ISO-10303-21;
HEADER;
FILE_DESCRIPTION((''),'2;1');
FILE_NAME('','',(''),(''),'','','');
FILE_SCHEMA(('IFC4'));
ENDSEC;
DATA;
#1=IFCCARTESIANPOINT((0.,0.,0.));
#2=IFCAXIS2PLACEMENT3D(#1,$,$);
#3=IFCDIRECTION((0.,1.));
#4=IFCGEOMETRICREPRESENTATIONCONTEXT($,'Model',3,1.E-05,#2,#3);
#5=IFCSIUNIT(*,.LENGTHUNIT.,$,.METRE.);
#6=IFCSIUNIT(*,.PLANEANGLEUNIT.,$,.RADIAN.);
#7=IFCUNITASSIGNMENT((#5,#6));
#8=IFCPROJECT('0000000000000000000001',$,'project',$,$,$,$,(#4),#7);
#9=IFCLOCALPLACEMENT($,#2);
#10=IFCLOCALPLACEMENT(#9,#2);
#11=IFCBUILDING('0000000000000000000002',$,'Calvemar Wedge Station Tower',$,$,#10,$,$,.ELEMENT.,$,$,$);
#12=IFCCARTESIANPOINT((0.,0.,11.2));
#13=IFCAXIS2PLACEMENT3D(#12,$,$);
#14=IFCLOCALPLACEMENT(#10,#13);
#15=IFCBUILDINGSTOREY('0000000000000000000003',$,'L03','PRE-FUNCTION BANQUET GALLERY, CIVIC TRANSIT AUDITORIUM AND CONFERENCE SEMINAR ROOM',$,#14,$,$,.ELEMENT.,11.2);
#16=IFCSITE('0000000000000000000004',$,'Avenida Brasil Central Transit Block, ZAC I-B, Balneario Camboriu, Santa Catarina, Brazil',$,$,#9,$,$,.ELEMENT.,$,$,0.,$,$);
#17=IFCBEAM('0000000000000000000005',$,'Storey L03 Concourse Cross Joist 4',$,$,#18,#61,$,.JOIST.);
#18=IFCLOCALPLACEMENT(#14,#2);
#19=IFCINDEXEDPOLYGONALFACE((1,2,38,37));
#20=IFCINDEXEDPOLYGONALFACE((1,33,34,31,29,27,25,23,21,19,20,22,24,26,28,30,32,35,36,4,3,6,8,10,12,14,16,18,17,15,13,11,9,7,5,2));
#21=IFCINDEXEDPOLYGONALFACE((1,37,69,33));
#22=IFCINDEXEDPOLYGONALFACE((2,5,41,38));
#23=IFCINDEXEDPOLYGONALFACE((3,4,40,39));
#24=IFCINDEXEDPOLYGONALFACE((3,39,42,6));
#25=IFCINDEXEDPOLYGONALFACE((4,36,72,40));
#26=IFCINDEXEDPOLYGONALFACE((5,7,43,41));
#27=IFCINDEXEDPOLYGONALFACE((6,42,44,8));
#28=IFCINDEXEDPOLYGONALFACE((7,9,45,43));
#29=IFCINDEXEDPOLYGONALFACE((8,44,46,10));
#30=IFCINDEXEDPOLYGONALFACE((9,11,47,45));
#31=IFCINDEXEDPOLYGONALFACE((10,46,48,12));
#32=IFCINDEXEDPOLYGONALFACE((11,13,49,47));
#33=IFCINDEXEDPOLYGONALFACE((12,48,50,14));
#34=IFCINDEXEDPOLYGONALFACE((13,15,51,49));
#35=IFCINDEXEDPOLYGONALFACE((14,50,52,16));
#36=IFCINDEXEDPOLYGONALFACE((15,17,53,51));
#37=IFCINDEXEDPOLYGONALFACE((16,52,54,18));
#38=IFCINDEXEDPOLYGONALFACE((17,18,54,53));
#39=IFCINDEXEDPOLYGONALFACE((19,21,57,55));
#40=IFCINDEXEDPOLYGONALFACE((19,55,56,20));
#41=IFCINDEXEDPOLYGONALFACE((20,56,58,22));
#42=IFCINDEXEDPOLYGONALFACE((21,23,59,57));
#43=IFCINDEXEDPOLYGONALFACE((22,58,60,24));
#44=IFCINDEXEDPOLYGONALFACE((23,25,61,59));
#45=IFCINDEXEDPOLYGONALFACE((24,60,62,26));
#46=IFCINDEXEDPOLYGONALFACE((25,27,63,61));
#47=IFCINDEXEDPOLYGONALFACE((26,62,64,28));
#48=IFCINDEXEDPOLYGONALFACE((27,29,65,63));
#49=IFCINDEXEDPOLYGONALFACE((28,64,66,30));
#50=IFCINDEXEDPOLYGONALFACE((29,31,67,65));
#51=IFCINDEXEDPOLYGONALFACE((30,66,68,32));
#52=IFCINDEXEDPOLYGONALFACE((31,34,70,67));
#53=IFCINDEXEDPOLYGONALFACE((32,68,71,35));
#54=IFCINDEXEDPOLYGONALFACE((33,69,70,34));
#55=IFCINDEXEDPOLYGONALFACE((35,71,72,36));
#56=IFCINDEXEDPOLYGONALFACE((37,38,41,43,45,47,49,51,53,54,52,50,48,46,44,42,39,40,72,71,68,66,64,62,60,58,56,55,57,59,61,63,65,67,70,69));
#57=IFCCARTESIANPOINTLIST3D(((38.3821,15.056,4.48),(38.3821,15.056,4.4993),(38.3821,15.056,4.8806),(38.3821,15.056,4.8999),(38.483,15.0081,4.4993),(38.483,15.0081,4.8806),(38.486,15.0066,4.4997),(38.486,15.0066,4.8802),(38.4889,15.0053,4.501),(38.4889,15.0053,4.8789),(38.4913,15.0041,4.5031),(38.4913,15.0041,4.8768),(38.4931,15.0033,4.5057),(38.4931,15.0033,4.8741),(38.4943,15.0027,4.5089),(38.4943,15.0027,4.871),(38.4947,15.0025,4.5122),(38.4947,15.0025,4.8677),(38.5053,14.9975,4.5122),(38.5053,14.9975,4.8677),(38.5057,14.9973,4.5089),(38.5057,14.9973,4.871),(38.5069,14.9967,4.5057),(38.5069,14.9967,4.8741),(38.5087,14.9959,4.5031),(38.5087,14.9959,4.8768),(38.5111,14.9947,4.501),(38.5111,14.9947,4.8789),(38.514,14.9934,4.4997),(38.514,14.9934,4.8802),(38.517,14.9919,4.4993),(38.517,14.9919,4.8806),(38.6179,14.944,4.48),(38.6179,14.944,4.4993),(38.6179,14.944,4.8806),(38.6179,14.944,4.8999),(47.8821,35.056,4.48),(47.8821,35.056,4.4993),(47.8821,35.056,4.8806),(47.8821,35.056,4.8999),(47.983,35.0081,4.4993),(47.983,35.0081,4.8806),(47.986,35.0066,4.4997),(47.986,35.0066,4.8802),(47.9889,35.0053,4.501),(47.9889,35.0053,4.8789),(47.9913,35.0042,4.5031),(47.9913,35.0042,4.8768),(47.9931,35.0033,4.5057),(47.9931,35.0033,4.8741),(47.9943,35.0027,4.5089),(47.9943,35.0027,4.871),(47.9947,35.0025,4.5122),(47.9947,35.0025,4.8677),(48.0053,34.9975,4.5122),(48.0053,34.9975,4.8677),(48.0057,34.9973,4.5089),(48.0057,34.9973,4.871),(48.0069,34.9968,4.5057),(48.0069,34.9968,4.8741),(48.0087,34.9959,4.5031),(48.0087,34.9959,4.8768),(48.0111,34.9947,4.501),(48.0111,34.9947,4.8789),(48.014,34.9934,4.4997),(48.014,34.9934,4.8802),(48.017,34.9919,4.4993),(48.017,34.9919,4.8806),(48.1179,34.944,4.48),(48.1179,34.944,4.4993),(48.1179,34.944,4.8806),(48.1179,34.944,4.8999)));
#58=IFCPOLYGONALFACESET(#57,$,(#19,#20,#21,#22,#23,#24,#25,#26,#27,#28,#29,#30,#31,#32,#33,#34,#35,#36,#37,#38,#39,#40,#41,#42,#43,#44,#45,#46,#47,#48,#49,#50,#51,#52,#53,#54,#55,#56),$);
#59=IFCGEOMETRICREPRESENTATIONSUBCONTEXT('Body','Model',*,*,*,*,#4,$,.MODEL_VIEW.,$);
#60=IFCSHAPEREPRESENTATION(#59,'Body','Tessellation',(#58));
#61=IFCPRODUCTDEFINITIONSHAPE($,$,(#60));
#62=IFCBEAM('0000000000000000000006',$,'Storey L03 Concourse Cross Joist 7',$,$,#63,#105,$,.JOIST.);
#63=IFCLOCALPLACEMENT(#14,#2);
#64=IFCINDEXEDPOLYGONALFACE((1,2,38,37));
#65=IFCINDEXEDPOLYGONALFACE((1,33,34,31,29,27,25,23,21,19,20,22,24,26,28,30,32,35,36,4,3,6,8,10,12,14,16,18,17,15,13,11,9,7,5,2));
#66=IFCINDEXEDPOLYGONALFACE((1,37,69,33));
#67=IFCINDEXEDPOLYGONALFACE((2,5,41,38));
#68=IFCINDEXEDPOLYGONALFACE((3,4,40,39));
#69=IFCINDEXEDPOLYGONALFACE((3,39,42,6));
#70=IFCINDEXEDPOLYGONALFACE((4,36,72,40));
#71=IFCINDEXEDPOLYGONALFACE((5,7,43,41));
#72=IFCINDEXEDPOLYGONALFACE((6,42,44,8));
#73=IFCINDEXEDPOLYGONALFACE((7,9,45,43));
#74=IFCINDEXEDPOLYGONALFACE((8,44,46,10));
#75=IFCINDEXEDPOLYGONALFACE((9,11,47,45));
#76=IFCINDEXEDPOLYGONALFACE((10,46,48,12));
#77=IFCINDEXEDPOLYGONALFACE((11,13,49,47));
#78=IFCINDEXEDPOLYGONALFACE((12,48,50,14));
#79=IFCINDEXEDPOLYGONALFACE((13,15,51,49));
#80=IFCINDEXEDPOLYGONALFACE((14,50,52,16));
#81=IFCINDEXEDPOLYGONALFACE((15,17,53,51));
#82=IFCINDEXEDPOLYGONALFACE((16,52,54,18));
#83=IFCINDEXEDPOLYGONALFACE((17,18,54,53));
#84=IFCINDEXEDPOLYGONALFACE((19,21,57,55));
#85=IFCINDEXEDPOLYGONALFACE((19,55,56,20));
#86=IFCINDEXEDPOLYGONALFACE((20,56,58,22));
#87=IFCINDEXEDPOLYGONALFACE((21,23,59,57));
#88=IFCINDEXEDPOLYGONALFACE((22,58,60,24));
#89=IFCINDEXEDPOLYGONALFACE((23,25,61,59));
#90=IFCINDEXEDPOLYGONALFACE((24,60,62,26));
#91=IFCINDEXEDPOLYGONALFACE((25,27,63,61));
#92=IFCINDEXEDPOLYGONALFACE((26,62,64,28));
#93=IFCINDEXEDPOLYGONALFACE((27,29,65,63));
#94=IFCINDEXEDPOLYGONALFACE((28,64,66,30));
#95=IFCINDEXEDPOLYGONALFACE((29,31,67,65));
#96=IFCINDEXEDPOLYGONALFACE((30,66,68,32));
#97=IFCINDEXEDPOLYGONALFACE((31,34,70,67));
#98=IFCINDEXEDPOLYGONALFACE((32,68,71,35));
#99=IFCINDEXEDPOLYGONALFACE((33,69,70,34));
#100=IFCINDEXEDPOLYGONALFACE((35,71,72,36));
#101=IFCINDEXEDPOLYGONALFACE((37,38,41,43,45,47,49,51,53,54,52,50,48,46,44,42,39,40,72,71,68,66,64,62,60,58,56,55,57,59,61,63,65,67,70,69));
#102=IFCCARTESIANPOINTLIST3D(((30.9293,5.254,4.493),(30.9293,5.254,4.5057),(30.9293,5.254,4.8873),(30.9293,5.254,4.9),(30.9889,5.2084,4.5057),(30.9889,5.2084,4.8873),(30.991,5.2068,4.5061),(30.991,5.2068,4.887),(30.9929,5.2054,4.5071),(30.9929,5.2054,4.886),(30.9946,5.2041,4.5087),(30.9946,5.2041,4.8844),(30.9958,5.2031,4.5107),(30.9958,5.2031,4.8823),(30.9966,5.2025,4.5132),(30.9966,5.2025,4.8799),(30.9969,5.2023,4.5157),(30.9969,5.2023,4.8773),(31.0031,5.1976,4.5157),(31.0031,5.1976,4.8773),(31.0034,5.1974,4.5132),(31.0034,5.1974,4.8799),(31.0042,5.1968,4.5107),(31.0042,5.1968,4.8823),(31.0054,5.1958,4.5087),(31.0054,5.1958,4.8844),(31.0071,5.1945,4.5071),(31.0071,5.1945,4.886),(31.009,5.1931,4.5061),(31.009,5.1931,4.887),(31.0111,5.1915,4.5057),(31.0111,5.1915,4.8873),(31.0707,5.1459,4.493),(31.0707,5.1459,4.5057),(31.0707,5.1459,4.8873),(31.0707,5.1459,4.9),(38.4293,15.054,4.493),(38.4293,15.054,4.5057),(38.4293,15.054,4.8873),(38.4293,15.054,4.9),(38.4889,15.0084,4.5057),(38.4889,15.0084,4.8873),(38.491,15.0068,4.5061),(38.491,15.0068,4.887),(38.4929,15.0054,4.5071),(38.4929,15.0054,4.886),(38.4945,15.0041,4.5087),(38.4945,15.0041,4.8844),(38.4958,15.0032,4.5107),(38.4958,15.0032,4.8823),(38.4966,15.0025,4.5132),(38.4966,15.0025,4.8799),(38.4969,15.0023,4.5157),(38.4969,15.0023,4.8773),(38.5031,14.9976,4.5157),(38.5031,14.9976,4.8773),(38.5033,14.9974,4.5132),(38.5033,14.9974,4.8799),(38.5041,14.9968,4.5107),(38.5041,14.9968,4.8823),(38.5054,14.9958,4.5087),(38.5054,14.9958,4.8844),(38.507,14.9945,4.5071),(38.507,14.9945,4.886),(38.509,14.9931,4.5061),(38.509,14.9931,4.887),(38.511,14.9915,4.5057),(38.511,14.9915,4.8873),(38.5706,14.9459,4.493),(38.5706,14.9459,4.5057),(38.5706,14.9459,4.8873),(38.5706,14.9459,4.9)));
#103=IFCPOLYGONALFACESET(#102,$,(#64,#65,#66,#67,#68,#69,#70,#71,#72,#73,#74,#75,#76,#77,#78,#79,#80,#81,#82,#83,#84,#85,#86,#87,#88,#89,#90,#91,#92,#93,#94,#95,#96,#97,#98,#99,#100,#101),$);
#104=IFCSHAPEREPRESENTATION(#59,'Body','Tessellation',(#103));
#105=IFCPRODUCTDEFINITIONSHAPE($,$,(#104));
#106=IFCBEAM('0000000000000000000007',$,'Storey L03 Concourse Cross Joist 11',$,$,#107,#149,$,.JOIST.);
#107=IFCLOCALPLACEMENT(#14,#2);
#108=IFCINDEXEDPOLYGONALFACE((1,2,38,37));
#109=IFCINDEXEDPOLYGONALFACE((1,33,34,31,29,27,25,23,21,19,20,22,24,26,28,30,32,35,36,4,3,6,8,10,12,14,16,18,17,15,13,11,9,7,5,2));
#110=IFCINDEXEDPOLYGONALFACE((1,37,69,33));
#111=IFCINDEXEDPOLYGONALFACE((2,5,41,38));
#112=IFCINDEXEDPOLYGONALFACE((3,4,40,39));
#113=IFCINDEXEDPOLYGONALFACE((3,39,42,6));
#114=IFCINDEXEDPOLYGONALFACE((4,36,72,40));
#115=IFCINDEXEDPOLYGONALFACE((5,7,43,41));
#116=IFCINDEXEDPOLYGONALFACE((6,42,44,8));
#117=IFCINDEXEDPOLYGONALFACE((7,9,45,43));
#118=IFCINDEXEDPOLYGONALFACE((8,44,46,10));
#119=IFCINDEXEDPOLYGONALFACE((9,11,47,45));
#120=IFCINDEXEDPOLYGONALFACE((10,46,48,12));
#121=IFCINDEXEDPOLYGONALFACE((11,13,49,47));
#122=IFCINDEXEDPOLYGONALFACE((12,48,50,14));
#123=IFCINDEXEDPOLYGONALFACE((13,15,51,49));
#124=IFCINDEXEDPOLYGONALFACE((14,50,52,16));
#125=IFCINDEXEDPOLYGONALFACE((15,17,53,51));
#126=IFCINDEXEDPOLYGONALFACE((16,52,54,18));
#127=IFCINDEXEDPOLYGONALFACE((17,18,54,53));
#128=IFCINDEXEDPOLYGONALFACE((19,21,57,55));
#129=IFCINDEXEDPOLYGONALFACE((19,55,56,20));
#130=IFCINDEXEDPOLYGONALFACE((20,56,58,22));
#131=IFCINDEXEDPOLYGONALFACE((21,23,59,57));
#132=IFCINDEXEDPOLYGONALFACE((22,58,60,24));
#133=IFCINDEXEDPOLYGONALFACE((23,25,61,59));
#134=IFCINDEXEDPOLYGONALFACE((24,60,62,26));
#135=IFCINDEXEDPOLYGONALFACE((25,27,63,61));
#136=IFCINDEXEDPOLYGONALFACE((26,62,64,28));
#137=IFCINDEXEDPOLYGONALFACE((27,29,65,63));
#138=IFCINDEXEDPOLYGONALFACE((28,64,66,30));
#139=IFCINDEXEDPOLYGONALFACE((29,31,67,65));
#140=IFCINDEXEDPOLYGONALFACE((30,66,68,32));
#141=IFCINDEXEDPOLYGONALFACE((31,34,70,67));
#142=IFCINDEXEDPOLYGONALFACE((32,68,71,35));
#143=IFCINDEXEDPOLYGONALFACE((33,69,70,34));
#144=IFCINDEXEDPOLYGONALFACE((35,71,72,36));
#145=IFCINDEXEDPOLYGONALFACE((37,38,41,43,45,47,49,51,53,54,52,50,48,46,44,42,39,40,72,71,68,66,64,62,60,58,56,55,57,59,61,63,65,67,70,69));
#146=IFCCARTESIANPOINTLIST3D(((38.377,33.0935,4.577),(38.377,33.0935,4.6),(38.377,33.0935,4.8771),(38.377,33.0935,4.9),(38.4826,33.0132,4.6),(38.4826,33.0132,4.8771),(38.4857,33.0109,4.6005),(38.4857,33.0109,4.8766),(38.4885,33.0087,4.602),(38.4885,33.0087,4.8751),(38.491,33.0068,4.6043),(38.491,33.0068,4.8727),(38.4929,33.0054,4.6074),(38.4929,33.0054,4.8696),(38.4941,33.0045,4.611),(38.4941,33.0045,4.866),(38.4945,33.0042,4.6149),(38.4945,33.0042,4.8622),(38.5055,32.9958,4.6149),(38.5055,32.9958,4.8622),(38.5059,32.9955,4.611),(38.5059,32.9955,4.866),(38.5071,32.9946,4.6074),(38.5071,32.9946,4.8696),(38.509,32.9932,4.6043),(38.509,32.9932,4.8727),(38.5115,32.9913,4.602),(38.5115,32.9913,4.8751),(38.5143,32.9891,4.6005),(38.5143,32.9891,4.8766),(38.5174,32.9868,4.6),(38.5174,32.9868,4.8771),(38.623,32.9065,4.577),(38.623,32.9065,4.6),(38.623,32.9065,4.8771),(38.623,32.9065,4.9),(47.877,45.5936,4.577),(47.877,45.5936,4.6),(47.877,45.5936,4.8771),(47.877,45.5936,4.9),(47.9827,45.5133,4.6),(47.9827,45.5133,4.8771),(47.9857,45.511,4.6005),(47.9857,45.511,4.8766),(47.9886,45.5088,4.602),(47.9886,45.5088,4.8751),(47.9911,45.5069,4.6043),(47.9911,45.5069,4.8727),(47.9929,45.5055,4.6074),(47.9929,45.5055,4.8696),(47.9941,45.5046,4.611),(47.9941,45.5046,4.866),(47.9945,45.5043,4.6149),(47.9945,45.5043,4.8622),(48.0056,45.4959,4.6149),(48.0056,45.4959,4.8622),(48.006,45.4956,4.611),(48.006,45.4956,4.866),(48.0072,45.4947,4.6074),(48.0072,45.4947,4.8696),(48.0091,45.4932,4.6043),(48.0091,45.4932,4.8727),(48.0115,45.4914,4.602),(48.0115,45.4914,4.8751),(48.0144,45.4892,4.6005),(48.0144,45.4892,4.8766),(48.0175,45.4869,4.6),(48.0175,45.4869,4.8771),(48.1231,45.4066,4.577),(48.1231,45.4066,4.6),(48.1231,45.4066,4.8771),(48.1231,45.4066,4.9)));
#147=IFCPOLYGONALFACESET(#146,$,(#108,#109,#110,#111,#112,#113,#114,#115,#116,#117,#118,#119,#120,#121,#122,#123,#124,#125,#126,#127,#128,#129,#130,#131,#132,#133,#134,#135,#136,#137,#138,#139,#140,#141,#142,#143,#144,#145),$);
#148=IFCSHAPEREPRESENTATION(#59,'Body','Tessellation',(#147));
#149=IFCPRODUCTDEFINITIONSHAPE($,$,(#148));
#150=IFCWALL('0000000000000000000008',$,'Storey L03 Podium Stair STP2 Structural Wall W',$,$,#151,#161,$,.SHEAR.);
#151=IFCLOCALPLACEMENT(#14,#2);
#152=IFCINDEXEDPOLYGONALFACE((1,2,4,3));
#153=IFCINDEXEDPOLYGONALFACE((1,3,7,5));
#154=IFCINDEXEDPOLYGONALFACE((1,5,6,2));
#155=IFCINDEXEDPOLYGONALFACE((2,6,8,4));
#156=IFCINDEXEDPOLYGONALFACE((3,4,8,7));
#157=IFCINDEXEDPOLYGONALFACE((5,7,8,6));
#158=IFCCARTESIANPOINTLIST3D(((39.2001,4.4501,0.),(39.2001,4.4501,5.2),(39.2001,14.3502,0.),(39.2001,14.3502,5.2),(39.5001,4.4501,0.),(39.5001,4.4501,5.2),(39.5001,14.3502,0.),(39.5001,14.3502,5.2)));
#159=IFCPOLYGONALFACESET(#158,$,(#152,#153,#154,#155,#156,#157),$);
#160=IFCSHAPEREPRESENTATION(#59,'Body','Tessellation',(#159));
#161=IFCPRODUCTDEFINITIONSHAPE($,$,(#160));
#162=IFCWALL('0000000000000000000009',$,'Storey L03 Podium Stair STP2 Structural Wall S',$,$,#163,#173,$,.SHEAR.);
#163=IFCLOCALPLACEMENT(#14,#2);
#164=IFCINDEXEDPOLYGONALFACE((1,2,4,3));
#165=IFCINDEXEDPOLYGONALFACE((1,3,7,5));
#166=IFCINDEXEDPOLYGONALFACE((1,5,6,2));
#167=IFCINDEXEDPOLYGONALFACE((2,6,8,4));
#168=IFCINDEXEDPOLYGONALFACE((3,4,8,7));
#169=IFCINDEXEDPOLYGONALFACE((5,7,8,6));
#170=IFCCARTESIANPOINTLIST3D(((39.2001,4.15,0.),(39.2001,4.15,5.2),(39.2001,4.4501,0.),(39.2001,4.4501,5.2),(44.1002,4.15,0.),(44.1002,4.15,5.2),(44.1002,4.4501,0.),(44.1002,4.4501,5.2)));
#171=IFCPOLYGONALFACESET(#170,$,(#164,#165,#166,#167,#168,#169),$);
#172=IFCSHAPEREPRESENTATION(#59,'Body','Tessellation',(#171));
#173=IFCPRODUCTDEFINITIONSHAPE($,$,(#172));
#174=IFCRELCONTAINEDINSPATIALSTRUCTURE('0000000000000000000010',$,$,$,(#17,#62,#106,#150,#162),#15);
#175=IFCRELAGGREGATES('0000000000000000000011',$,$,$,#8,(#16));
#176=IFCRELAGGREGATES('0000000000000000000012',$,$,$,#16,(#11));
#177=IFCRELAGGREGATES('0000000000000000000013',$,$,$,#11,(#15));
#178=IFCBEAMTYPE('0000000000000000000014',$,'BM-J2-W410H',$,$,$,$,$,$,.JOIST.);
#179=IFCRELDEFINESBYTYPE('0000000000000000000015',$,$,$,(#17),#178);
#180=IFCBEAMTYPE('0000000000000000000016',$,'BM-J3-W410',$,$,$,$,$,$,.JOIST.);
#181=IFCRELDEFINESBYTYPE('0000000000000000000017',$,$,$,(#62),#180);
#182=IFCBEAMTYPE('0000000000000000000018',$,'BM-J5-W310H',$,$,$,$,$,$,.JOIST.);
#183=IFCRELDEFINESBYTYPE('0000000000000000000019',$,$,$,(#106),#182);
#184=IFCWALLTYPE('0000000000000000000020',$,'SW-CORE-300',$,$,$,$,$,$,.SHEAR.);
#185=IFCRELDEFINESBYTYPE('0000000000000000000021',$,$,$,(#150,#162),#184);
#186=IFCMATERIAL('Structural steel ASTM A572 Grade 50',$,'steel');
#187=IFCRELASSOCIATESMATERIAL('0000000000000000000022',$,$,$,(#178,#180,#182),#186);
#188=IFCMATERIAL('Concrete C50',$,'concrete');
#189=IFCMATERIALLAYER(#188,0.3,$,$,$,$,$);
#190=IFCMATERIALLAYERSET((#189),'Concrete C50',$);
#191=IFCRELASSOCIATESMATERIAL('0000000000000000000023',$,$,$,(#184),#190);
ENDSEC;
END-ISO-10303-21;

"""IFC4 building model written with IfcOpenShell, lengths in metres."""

from ifc_helpers import new_model, si_unit, direction, frame, frame_2d, origin, origin_2d, place, context, subcontext, project, spatial, rectangle, i_section, extrude, source, transform, mapped, material, layer, layer_set, material_profile, profile_set, type_object, element, save


model = new_model("IFC4")

# Units and contexts
model_context = context("Model", 3, precision=1e-05, world=origin(), true_north=direction((0.0, 1.0)))
body_context = subcontext(model_context, "Body", "Model", "MODEL_VIEW")
ifc_project = project(units=[si_unit("LENGTHUNIT", "METRE"), si_unit("PLANEANGLEUNIT", "RADIAN")], contexts=[model_context])

# Site, building, storey
site_placement = place(None, origin())
site = spatial("IfcSite", under=ifc_project, at=site_placement, Name="Avenida Brasil Central Transit Block, ZAC I-B, Balneario Camboriu, Santa Catarina, Brazil", CompositionType="ELEMENT", RefElevation=0.0)
building_placement = place(site_placement, origin())
building = spatial("IfcBuilding", under=site, at=building_placement, Name="Calvemar Wedge Station Tower", CompositionType="ELEMENT")
storey_placement = place(building_placement, frame((0.0, 0.0, 11.2)))
storey = spatial("IfcBuildingStorey", under=building, at=storey_placement, Name="L03", Description="PRE-FUNCTION BANQUET GALLERY, CIVIC TRANSIT AUDITORIUM AND CONFERENCE SEMINAR ROOM", CompositionType="ELEMENT", Elevation=11.2)

# Beams
ifc_material_1 = material(Name="Structural steel ASTM A572 Grade 50", Category="steel")
ifc_material_2 = material(Name="Concrete C50", Category="concrete")
ifc_material_profile_1 = material_profile(ifc_material_1, i_section(OverallWidth=0.261, OverallDepth=0.4199, WebThickness=0.0117, FlangeThickness=0.0193, FilletRadius=0.0129, at=origin_2d()), Name="W410x114")
ifc_profile_set_1 = profile_set([ifc_material_profile_1], Name="Structural steel ASTM A572 Grade 50")
beam_type_1 = type_object("IfcBeamType", Name="BM-J2-W410H", PredefinedType="JOIST", material=ifc_profile_set_1)
shared_shape_1 = source(origin(), body_context, "Body", "SweptSolid", [
    extrude(i_section(OverallWidth=0.261, OverallDepth=0.4199, WebThickness=0.0117, FlangeThickness=0.0193, FilletRadius=0.0129, at=origin_2d()), origin(), (0.0, 0.0, 1.0), 22.1416),
])
beam_1_placement = place(storey_placement, frame((38.5, 15.0, 4.6899), z_axis=(0.429057, 0.903278, 0.0), x_axis=(-0.903278, 0.429057, 0.0)))
element("IfcBeam", 1, at=beam_1_placement, inside=storey, type_object=beam_type_1, Name="Storey L03 Concourse Cross Joist 4", PredefinedType="JOIST", context=body_context, shape_type="MappedRepresentation", body=[
    mapped(shared_shape_1, transform((0.0, 0.0, 0.0), scale=1.0)),
])
ifc_material_profile_2 = material_profile(ifc_material_1, i_section(OverallWidth=0.178, OverallDepth=0.407, WebThickness=0.0078, FlangeThickness=0.0127, FilletRadius=0.01, at=origin_2d()), Name="W410x60")
ifc_profile_set_2 = profile_set([ifc_material_profile_2], Name="Structural steel ASTM A572 Grade 50")
beam_type_2 = type_object("IfcBeamType", Name="BM-J3-W410", PredefinedType="JOIST", material=ifc_profile_set_2)
shared_shape_2 = source(origin(), body_context, "Body", "SweptSolid", [
    extrude(i_section(OverallWidth=0.178, OverallDepth=0.407, WebThickness=0.0078, FlangeThickness=0.0127, FilletRadius=0.01, at=origin_2d()), origin(), (0.0, 0.0, 1.0), 12.3406),
])
beam_2_placement = place(storey_placement, frame((31.0, 5.2, 4.6965), z_axis=(0.607749, 0.794129, 0.0), x_axis=(-0.794129, 0.607749, 0.0)))
element("IfcBeam", 2, at=beam_2_placement, inside=storey, type_object=beam_type_2, Name="Storey L03 Concourse Cross Joist 7", PredefinedType="JOIST", context=body_context, shape_type="MappedRepresentation", body=[
    mapped(shared_shape_2, transform((0.0, 0.0, 0.0), scale=1.0)),
])
ifc_material_profile_3 = material_profile(ifc_material_1, i_section(OverallWidth=0.3091, OverallDepth=0.323, WebThickness=0.0139, FlangeThickness=0.0229, FilletRadius=0.0149, at=origin_2d()), Name="W310x143")
ifc_profile_set_3 = profile_set([ifc_material_profile_3], Name="Structural steel ASTM A572 Grade 50")
beam_type_3 = type_object("IfcBeamType", Name="BM-J5-W310H", PredefinedType="JOIST", material=ifc_profile_set_3)
shared_shape_3 = source(origin(), body_context, "Body", "SweptSolid", [
    extrude(i_section(OverallWidth=0.3091, OverallDepth=0.323, WebThickness=0.0139, FlangeThickness=0.0229, FilletRadius=0.0149, at=origin_2d()), origin(), (0.0, 0.0, 1.0), 15.7004),
])
beam_3_placement = place(storey_placement, frame((38.5, 33.0, 4.7385), z_axis=(0.605083, 0.796162, 0.0), x_axis=(-0.796162, 0.605083, 0.0)))
element("IfcBeam", 3, at=beam_3_placement, inside=storey, type_object=beam_type_3, Name="Storey L03 Concourse Cross Joist 11", PredefinedType="JOIST", context=body_context, shape_type="MappedRepresentation", body=[
    mapped(shared_shape_3, transform((0.0, 0.0, 0.0), scale=1.0)),
])

# Walls
ifc_layer_1 = layer(ifc_material_2, 0.3)
ifc_layer_set_1 = layer_set([ifc_layer_1], Name="Concrete C50")
wall_type_1 = type_object("IfcWallType", Name="SW-CORE-300", PredefinedType="SHEAR", material=ifc_layer_set_1)
wall_1_placement = place(storey_placement, frame((39.3501, 4.45, 0.0), z_axis=(0.0, 0.0, 1.0), x_axis=(0.0, 1.0, 0.0)))
element("IfcWall", 4, at=wall_1_placement, inside=storey, type_object=wall_type_1, Name="Storey L03 Podium Stair STP2 Structural Wall W", PredefinedType="SHEAR", context=body_context, shape_type="SweptSolid", body=[
    extrude(rectangle(XDim=9.9001, YDim=0.3, at=frame_2d((4.9502, 0.0))), origin(), (0.0, 0.0, 1.0), 5.2),
])
wall_2_placement = place(storey_placement, frame((39.2, 4.3, 0.0), z_axis=(0.0, 0.0, 1.0), x_axis=(1.0, 0.0, 0.0)))
element("IfcWall", 5, at=wall_2_placement, inside=storey, type_object=wall_type_1, Name="Storey L03 Podium Stair STP2 Structural Wall S", PredefinedType="SHEAR", context=body_context, shape_type="SweptSolid", body=[
    extrude(rectangle(XDim=4.9001, YDim=0.3, at=frame_2d((2.4502, 0.0))), origin(), (0.0, 0.0, 1.0), 5.2),
])

save(model, "model.ifc")
